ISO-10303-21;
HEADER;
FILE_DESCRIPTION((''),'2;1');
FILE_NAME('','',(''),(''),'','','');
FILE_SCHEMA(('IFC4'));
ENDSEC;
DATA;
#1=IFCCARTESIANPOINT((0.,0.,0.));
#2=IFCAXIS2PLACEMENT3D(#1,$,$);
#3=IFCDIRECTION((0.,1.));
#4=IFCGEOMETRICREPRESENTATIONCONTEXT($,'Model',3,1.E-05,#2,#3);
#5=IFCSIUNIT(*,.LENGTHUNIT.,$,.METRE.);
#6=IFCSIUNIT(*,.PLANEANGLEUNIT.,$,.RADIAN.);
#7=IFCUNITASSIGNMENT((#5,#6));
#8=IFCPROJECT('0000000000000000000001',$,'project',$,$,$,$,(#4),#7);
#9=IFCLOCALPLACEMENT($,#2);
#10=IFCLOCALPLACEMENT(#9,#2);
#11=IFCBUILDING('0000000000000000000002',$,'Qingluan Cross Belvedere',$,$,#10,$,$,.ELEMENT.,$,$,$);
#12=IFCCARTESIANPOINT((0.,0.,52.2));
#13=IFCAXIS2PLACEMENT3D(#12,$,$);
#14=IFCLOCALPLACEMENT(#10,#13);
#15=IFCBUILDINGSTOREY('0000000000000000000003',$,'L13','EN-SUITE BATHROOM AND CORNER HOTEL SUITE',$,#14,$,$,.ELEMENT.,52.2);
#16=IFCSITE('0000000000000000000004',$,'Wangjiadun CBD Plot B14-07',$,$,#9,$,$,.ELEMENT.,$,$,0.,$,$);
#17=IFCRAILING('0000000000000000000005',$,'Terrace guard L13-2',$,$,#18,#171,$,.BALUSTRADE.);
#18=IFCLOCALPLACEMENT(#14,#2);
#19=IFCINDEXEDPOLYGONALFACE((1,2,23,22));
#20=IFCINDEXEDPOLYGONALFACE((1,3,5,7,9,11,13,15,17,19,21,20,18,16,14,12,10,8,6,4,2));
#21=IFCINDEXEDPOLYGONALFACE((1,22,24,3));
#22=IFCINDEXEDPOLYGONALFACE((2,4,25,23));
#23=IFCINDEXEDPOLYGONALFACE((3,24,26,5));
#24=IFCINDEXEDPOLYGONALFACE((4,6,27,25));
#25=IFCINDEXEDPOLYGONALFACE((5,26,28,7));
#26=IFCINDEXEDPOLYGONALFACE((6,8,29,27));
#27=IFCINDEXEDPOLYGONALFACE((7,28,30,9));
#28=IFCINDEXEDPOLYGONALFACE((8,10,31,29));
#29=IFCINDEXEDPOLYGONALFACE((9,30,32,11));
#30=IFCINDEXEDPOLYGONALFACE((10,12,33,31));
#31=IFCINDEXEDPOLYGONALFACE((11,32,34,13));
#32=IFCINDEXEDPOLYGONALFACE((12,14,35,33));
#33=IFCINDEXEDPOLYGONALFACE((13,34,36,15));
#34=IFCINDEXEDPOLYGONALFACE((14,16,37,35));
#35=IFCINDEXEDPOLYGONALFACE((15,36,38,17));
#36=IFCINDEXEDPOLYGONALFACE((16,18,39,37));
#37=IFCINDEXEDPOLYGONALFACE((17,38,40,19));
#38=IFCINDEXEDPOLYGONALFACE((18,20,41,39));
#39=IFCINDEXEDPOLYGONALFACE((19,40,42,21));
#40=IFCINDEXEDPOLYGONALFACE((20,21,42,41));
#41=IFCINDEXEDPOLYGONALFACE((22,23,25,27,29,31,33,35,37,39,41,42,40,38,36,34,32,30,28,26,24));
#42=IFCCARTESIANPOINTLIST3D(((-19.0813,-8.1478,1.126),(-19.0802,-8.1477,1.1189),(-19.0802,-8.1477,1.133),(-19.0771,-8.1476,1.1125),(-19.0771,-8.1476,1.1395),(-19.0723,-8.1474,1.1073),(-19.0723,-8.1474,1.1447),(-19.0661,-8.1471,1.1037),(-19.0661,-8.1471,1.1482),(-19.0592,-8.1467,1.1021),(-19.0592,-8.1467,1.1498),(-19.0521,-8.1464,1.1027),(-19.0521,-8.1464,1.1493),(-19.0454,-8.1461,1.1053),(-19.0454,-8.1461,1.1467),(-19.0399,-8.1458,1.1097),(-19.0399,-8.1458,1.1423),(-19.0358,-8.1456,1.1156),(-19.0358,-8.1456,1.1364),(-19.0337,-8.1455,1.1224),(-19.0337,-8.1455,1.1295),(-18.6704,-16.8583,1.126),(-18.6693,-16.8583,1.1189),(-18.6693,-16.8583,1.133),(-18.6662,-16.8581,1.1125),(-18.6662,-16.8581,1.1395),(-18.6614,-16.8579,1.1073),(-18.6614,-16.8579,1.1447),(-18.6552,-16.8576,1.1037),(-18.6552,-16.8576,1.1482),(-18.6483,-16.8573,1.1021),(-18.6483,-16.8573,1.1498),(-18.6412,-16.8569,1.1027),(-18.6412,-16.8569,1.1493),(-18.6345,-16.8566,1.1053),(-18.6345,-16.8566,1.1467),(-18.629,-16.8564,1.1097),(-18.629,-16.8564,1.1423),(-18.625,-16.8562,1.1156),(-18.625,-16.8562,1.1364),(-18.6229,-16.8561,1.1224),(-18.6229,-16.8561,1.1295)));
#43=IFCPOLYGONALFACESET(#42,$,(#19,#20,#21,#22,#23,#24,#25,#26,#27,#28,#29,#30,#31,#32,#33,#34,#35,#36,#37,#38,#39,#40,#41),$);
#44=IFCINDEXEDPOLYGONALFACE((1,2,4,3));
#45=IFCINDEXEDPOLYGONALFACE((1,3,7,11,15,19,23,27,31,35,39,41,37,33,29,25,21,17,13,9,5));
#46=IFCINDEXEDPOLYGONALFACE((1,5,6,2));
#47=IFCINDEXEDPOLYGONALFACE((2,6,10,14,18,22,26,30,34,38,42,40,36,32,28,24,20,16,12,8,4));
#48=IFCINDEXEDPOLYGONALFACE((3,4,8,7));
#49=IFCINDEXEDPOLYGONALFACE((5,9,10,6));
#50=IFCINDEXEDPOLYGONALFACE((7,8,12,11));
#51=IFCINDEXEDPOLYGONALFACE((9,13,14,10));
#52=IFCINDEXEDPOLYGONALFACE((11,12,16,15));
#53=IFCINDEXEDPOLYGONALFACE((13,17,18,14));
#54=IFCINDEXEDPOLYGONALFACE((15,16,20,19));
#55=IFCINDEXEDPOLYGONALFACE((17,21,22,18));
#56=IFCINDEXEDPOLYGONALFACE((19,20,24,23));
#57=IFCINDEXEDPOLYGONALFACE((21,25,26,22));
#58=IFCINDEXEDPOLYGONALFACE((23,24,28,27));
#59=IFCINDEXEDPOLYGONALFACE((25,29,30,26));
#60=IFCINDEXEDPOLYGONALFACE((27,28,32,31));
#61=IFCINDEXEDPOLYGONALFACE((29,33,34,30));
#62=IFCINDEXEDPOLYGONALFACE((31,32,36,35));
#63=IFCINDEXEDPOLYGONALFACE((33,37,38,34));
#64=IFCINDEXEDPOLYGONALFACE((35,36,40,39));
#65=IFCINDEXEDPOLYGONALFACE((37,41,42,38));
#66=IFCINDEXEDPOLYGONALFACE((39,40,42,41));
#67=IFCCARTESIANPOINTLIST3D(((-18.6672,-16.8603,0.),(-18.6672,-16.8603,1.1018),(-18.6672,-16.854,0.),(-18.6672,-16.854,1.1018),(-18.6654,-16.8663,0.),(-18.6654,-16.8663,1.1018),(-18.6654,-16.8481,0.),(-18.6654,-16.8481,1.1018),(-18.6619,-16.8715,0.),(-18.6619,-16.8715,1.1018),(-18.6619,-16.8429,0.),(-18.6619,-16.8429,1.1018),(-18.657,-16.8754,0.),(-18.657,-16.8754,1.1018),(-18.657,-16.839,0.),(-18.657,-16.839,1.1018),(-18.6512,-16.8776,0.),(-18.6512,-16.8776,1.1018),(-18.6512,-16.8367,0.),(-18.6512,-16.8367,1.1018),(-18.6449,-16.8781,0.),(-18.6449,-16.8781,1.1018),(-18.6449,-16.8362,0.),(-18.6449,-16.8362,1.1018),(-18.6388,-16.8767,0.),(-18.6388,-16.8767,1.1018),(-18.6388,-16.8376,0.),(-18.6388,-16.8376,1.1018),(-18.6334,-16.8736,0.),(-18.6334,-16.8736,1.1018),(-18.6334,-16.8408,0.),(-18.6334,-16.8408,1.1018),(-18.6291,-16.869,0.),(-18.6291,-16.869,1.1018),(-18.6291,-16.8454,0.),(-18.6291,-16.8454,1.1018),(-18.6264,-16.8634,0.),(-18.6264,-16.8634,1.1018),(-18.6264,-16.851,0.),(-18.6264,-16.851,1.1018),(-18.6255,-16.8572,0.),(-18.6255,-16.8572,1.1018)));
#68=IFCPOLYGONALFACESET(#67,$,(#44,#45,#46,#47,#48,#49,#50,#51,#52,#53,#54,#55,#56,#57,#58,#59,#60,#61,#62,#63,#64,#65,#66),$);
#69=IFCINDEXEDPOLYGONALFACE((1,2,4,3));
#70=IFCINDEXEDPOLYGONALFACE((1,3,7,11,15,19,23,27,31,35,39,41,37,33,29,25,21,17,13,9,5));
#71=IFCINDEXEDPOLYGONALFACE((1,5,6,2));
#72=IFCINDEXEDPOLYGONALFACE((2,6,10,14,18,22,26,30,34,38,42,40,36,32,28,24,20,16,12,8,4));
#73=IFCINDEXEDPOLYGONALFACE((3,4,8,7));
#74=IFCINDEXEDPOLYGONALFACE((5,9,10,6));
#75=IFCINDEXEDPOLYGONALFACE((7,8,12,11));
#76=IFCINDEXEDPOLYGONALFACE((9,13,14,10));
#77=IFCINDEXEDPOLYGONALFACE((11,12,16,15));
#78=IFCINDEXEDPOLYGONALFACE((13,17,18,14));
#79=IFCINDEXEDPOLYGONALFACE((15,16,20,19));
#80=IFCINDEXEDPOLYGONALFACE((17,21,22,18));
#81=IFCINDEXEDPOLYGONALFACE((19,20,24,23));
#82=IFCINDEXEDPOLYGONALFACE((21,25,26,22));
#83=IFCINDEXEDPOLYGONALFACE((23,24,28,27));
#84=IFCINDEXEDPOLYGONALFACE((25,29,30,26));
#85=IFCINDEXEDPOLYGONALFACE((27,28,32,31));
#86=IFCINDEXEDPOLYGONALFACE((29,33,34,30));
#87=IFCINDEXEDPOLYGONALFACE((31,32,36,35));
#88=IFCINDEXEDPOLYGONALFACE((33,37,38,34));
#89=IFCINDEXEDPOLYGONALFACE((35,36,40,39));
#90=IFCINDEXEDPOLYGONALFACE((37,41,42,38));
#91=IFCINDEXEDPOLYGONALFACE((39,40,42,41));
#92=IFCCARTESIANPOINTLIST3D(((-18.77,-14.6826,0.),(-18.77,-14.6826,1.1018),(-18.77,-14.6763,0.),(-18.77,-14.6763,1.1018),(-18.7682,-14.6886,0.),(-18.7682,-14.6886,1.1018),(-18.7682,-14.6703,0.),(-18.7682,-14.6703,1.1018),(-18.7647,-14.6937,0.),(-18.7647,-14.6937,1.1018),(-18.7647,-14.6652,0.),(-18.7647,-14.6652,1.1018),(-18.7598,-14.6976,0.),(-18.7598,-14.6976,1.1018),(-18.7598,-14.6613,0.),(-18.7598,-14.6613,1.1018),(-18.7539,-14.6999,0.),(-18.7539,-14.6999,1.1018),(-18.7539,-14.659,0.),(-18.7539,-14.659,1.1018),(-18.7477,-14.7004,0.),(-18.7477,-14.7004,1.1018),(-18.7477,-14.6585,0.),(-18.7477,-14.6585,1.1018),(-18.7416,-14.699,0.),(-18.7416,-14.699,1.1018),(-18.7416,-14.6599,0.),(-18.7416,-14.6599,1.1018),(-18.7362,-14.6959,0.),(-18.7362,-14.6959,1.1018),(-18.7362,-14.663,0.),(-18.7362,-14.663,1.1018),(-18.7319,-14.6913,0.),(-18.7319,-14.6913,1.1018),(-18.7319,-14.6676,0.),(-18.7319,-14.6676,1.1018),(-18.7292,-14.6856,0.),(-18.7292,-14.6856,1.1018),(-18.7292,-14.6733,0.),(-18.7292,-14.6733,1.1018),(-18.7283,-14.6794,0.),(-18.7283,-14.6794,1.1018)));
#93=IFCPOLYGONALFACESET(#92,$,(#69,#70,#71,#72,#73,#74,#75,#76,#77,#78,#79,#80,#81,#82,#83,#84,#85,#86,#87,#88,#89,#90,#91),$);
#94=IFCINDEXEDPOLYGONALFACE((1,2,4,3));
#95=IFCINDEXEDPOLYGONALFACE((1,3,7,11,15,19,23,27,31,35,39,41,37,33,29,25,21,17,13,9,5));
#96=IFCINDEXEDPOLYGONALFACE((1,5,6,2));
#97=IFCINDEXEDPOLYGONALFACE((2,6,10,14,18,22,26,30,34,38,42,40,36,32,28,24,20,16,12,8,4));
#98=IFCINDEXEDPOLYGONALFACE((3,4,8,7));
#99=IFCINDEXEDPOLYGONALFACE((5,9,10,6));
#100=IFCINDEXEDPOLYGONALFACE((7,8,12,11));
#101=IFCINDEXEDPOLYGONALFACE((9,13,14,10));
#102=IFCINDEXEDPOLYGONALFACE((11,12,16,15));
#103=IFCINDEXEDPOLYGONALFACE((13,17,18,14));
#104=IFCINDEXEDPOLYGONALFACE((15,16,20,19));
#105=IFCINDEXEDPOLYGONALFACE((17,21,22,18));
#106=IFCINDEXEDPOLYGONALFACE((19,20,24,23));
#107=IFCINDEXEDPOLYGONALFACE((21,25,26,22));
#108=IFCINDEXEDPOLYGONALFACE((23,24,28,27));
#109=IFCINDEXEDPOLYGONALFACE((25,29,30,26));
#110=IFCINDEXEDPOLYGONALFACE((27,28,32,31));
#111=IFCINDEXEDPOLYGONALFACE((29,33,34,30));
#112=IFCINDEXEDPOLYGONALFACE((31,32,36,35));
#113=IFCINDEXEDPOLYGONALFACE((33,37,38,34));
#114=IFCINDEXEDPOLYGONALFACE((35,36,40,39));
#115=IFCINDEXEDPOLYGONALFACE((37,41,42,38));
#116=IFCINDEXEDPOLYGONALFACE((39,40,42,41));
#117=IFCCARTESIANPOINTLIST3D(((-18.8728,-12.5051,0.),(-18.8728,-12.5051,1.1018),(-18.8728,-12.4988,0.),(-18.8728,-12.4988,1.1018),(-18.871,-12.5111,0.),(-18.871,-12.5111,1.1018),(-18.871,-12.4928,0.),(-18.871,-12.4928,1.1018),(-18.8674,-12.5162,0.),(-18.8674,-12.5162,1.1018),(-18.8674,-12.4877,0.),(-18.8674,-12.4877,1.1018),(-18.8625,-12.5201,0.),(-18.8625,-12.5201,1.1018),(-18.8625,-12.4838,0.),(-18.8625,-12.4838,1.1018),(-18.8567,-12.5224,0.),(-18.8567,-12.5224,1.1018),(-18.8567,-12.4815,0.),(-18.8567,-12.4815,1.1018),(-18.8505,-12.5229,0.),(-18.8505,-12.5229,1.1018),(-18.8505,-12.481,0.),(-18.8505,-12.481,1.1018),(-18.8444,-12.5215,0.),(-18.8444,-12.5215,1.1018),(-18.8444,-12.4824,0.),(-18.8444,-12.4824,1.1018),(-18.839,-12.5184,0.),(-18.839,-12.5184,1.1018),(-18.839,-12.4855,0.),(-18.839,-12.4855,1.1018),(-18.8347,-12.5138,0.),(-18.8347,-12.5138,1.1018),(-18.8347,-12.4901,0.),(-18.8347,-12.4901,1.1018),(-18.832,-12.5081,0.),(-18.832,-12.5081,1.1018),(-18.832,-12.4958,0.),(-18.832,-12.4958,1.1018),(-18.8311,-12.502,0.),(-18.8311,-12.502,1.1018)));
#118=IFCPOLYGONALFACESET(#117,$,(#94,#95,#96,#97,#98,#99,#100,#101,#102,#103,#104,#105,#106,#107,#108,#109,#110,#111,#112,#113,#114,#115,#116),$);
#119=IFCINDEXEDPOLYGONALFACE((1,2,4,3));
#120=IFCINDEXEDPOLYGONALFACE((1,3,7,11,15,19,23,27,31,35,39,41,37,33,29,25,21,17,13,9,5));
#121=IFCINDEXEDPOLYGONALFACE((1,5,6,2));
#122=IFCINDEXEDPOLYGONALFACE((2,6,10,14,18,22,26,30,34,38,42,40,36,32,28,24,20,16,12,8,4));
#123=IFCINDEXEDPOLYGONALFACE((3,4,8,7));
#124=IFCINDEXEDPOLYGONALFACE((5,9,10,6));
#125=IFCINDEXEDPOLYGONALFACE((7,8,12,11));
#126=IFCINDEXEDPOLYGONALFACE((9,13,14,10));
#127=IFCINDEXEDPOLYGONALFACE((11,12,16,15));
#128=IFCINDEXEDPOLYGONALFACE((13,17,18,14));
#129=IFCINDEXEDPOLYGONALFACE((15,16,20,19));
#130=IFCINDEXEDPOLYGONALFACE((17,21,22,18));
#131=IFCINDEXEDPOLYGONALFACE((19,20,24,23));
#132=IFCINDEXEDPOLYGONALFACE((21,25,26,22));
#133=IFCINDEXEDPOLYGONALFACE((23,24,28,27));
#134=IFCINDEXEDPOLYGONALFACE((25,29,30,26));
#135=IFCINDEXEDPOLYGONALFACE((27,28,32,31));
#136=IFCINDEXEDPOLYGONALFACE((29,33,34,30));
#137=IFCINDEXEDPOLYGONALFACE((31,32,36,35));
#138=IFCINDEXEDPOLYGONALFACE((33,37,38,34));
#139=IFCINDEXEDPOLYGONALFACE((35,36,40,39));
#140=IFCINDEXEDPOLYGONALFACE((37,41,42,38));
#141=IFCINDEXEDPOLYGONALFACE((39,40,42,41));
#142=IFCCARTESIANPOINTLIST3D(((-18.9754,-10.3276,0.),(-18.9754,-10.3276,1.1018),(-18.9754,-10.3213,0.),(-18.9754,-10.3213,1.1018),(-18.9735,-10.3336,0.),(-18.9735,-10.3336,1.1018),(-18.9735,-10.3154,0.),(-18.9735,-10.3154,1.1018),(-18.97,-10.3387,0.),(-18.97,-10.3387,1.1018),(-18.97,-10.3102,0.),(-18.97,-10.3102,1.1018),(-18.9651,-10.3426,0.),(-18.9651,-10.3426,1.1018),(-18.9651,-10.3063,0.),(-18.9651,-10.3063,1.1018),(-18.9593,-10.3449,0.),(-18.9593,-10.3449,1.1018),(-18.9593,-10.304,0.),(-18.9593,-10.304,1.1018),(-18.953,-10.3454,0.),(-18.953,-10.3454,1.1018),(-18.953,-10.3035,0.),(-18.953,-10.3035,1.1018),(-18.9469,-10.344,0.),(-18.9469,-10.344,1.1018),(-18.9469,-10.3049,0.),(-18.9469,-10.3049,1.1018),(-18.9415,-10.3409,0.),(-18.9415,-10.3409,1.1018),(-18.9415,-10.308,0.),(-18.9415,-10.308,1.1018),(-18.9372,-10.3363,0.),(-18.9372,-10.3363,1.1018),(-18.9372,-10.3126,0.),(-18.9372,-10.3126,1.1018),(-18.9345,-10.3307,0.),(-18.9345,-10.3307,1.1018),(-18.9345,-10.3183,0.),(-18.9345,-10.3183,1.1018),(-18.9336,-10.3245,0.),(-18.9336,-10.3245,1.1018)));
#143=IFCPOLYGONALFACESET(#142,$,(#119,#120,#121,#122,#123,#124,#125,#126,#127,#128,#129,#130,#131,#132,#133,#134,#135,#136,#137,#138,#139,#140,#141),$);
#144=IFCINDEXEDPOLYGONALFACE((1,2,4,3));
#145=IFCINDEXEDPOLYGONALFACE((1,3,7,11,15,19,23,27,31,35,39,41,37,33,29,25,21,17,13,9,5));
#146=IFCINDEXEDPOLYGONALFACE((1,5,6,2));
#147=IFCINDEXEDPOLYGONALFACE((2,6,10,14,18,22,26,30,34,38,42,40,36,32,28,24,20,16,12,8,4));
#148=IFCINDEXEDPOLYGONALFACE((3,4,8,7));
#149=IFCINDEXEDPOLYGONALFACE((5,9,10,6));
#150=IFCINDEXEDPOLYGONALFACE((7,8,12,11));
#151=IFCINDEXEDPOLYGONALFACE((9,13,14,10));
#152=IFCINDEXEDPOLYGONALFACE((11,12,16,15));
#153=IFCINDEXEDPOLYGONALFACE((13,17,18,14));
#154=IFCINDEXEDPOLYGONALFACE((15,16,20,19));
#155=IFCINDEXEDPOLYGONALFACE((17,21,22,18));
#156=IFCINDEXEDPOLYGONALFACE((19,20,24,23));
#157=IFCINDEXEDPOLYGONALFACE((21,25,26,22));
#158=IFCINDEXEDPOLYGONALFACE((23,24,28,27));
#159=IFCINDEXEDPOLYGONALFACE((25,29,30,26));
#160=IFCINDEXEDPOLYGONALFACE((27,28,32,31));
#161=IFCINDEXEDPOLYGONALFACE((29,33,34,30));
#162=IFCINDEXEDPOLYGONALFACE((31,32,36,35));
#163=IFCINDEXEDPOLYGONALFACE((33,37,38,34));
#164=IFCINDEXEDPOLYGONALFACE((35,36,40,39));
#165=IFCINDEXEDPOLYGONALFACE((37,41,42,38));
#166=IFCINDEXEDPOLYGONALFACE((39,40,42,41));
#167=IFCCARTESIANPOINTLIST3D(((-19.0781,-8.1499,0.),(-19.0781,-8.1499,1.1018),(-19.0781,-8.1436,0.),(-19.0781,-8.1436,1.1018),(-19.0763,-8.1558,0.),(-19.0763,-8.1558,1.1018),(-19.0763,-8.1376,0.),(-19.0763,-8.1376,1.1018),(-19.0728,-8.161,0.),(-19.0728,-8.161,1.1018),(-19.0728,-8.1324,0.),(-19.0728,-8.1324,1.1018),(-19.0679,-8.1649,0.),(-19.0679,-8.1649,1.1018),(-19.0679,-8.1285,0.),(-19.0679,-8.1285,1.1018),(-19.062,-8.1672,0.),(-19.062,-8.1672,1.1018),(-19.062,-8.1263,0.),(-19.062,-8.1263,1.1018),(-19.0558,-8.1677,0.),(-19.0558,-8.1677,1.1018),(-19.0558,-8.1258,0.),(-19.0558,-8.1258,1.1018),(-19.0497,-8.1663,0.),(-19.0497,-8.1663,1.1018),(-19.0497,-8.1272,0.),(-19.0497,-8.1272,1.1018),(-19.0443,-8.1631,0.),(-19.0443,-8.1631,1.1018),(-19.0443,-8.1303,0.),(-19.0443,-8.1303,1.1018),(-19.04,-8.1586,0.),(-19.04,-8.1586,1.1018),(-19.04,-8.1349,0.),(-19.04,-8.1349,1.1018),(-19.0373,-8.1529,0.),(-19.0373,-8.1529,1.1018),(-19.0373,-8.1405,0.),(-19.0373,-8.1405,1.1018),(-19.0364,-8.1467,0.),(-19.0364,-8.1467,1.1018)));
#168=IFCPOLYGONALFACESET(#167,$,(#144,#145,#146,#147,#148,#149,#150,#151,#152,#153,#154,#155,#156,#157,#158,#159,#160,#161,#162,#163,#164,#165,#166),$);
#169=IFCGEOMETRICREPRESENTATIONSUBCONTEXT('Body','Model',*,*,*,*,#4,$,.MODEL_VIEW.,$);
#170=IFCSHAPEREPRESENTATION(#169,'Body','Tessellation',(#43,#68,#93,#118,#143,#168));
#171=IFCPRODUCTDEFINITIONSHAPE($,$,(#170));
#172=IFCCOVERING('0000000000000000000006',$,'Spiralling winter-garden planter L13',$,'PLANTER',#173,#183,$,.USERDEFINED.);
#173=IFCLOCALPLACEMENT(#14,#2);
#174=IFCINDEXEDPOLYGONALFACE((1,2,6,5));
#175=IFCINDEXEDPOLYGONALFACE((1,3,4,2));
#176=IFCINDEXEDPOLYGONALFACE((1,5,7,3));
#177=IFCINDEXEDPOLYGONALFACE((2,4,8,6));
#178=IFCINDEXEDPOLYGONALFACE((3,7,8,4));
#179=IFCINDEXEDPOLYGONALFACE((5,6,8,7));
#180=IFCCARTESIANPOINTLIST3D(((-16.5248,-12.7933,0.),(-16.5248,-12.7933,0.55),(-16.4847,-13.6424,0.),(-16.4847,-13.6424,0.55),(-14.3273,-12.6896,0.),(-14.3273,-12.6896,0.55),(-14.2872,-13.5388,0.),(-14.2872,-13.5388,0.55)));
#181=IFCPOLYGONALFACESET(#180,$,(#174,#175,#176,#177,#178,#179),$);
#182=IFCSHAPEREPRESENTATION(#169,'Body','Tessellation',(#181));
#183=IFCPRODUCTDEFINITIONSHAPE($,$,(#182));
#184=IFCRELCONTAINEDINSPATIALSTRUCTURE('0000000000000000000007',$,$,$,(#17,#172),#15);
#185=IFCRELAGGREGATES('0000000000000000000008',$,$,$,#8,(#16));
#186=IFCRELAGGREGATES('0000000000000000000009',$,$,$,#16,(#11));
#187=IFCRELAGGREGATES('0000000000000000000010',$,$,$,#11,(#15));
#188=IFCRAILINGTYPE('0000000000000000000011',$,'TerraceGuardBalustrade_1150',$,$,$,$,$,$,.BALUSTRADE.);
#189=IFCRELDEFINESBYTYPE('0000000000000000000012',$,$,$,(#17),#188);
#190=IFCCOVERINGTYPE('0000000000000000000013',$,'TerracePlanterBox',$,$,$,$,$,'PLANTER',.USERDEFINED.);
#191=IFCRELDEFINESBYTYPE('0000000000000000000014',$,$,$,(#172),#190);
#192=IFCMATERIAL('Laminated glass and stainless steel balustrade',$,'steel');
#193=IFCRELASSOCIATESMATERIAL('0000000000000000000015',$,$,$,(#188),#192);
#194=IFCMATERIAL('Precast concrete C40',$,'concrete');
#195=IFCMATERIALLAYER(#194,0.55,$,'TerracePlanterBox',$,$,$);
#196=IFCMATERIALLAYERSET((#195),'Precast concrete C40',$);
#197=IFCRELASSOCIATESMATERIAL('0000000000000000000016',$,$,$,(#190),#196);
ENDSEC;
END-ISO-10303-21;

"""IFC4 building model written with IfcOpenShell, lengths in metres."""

from ifc_helpers import new_model, si_unit, direction, frame, origin, origin_2d, place, context, subcontext, project, spatial, rectangle, circle, extrude, material, layer, layer_set, type_object, element, save


model = new_model("IFC4")

# Units and contexts
model_context = context("Model", 3, precision=1e-05, world=origin(), true_north=direction((0.0, 1.0)))
body_context = subcontext(model_context, "Body", "Model", "MODEL_VIEW")
ifc_project = project(units=[si_unit("LENGTHUNIT", "METRE"), si_unit("PLANEANGLEUNIT", "RADIAN")], contexts=[model_context])

# Site, building, storey
site_placement = place(None, origin())
site = spatial("IfcSite", under=ifc_project, at=site_placement, Name="Wangjiadun CBD Plot B14-07", CompositionType="ELEMENT", RefElevation=0.0)
building_placement = place(site_placement, origin())
building = spatial("IfcBuilding", under=site, at=building_placement, Name="Qingluan Cross Belvedere", CompositionType="ELEMENT")
storey_placement = place(building_placement, frame((0.0, 0.0, 52.2)))
storey = spatial("IfcBuildingStorey", under=building, at=storey_placement, Name="L13", Description="EN-SUITE BATHROOM AND CORNER HOTEL SUITE", CompositionType="ELEMENT", Elevation=52.2)

# Railing
ifc_material_1 = material(Name="Laminated glass and stainless steel balustrade", Category="steel")
railing_type = type_object("IfcRailingType", Name="TerraceGuardBalustrade_1150", PredefinedType="BALUSTRADE", material=ifc_material_1)
railing_placement = place(storey_placement, frame((-18.6465, -16.8572, 0.0)))
element("IfcRailing", 1, at=railing_placement, inside=storey, type_object=railing_type, Name="Terrace guard L13-2", PredefinedType="BALUSTRADE", context=body_context, shape_type="SweptSolid", body=[
    extrude(circle(Radius=0.0239, at=origin_2d()), frame((0.0, 0.0, 1.126), z_axis=(-0.04712, 0.998889, 0.0), x_axis=(-0.998889, -0.04712, 0.0)), (0.0, 0.0, 1.0), 8.7202),
    extrude(circle(Radius=0.021, at=origin_2d()), origin(), (0.0, 0.0, 1.0), 1.1018),
    extrude(circle(Radius=0.021, at=origin_2d()), frame((-0.1028, 2.1777, 0.0)), (0.0, 0.0, 1.0), 1.1018),
    extrude(circle(Radius=0.021, at=origin_2d()), frame((-0.2056, 4.3552, 0.0)), (0.0, 0.0, 1.0), 1.1018),
    extrude(circle(Radius=0.021, at=origin_2d()), frame((-0.3081, 6.5327, 0.0)), (0.0, 0.0, 1.0), 1.1018),
    extrude(circle(Radius=0.021, at=origin_2d()), frame((-0.4109, 8.7104, 0.0)), (0.0, 0.0, 1.0), 1.1018),
])

# Covering
ifc_material_2 = material(Name="Precast concrete C40", Category="concrete")
ifc_layer_1 = layer(ifc_material_2, 0.55, Name="TerracePlanterBox")
ifc_layer_set_1 = layer_set([ifc_layer_1], Name="Precast concrete C40")
covering_type_1 = type_object("IfcCoveringType", Name="TerracePlanterBox", ElementType="PLANTER", PredefinedType="USERDEFINED", material=ifc_layer_set_1)
covering_1_placement = place(storey_placement, frame((-15.406, -13.166, 0.0), z_axis=(0.0, 0.0, 1.0), x_axis=(0.99889, 0.047106, 0.0)))
element("IfcCovering", 2, at=covering_1_placement, inside=storey, type_object=covering_type_1, Name="Spiralling winter-garden planter L13", ObjectType="PLANTER", PredefinedType="USERDEFINED", context=body_context, shape_type="SweptSolid", body=[
    extrude(rectangle(XDim=2.2, YDim=0.8501, at=origin_2d()), origin(), (0.0, 0.0, 1.0), 0.55),
])

save(model, "model.ifc")
